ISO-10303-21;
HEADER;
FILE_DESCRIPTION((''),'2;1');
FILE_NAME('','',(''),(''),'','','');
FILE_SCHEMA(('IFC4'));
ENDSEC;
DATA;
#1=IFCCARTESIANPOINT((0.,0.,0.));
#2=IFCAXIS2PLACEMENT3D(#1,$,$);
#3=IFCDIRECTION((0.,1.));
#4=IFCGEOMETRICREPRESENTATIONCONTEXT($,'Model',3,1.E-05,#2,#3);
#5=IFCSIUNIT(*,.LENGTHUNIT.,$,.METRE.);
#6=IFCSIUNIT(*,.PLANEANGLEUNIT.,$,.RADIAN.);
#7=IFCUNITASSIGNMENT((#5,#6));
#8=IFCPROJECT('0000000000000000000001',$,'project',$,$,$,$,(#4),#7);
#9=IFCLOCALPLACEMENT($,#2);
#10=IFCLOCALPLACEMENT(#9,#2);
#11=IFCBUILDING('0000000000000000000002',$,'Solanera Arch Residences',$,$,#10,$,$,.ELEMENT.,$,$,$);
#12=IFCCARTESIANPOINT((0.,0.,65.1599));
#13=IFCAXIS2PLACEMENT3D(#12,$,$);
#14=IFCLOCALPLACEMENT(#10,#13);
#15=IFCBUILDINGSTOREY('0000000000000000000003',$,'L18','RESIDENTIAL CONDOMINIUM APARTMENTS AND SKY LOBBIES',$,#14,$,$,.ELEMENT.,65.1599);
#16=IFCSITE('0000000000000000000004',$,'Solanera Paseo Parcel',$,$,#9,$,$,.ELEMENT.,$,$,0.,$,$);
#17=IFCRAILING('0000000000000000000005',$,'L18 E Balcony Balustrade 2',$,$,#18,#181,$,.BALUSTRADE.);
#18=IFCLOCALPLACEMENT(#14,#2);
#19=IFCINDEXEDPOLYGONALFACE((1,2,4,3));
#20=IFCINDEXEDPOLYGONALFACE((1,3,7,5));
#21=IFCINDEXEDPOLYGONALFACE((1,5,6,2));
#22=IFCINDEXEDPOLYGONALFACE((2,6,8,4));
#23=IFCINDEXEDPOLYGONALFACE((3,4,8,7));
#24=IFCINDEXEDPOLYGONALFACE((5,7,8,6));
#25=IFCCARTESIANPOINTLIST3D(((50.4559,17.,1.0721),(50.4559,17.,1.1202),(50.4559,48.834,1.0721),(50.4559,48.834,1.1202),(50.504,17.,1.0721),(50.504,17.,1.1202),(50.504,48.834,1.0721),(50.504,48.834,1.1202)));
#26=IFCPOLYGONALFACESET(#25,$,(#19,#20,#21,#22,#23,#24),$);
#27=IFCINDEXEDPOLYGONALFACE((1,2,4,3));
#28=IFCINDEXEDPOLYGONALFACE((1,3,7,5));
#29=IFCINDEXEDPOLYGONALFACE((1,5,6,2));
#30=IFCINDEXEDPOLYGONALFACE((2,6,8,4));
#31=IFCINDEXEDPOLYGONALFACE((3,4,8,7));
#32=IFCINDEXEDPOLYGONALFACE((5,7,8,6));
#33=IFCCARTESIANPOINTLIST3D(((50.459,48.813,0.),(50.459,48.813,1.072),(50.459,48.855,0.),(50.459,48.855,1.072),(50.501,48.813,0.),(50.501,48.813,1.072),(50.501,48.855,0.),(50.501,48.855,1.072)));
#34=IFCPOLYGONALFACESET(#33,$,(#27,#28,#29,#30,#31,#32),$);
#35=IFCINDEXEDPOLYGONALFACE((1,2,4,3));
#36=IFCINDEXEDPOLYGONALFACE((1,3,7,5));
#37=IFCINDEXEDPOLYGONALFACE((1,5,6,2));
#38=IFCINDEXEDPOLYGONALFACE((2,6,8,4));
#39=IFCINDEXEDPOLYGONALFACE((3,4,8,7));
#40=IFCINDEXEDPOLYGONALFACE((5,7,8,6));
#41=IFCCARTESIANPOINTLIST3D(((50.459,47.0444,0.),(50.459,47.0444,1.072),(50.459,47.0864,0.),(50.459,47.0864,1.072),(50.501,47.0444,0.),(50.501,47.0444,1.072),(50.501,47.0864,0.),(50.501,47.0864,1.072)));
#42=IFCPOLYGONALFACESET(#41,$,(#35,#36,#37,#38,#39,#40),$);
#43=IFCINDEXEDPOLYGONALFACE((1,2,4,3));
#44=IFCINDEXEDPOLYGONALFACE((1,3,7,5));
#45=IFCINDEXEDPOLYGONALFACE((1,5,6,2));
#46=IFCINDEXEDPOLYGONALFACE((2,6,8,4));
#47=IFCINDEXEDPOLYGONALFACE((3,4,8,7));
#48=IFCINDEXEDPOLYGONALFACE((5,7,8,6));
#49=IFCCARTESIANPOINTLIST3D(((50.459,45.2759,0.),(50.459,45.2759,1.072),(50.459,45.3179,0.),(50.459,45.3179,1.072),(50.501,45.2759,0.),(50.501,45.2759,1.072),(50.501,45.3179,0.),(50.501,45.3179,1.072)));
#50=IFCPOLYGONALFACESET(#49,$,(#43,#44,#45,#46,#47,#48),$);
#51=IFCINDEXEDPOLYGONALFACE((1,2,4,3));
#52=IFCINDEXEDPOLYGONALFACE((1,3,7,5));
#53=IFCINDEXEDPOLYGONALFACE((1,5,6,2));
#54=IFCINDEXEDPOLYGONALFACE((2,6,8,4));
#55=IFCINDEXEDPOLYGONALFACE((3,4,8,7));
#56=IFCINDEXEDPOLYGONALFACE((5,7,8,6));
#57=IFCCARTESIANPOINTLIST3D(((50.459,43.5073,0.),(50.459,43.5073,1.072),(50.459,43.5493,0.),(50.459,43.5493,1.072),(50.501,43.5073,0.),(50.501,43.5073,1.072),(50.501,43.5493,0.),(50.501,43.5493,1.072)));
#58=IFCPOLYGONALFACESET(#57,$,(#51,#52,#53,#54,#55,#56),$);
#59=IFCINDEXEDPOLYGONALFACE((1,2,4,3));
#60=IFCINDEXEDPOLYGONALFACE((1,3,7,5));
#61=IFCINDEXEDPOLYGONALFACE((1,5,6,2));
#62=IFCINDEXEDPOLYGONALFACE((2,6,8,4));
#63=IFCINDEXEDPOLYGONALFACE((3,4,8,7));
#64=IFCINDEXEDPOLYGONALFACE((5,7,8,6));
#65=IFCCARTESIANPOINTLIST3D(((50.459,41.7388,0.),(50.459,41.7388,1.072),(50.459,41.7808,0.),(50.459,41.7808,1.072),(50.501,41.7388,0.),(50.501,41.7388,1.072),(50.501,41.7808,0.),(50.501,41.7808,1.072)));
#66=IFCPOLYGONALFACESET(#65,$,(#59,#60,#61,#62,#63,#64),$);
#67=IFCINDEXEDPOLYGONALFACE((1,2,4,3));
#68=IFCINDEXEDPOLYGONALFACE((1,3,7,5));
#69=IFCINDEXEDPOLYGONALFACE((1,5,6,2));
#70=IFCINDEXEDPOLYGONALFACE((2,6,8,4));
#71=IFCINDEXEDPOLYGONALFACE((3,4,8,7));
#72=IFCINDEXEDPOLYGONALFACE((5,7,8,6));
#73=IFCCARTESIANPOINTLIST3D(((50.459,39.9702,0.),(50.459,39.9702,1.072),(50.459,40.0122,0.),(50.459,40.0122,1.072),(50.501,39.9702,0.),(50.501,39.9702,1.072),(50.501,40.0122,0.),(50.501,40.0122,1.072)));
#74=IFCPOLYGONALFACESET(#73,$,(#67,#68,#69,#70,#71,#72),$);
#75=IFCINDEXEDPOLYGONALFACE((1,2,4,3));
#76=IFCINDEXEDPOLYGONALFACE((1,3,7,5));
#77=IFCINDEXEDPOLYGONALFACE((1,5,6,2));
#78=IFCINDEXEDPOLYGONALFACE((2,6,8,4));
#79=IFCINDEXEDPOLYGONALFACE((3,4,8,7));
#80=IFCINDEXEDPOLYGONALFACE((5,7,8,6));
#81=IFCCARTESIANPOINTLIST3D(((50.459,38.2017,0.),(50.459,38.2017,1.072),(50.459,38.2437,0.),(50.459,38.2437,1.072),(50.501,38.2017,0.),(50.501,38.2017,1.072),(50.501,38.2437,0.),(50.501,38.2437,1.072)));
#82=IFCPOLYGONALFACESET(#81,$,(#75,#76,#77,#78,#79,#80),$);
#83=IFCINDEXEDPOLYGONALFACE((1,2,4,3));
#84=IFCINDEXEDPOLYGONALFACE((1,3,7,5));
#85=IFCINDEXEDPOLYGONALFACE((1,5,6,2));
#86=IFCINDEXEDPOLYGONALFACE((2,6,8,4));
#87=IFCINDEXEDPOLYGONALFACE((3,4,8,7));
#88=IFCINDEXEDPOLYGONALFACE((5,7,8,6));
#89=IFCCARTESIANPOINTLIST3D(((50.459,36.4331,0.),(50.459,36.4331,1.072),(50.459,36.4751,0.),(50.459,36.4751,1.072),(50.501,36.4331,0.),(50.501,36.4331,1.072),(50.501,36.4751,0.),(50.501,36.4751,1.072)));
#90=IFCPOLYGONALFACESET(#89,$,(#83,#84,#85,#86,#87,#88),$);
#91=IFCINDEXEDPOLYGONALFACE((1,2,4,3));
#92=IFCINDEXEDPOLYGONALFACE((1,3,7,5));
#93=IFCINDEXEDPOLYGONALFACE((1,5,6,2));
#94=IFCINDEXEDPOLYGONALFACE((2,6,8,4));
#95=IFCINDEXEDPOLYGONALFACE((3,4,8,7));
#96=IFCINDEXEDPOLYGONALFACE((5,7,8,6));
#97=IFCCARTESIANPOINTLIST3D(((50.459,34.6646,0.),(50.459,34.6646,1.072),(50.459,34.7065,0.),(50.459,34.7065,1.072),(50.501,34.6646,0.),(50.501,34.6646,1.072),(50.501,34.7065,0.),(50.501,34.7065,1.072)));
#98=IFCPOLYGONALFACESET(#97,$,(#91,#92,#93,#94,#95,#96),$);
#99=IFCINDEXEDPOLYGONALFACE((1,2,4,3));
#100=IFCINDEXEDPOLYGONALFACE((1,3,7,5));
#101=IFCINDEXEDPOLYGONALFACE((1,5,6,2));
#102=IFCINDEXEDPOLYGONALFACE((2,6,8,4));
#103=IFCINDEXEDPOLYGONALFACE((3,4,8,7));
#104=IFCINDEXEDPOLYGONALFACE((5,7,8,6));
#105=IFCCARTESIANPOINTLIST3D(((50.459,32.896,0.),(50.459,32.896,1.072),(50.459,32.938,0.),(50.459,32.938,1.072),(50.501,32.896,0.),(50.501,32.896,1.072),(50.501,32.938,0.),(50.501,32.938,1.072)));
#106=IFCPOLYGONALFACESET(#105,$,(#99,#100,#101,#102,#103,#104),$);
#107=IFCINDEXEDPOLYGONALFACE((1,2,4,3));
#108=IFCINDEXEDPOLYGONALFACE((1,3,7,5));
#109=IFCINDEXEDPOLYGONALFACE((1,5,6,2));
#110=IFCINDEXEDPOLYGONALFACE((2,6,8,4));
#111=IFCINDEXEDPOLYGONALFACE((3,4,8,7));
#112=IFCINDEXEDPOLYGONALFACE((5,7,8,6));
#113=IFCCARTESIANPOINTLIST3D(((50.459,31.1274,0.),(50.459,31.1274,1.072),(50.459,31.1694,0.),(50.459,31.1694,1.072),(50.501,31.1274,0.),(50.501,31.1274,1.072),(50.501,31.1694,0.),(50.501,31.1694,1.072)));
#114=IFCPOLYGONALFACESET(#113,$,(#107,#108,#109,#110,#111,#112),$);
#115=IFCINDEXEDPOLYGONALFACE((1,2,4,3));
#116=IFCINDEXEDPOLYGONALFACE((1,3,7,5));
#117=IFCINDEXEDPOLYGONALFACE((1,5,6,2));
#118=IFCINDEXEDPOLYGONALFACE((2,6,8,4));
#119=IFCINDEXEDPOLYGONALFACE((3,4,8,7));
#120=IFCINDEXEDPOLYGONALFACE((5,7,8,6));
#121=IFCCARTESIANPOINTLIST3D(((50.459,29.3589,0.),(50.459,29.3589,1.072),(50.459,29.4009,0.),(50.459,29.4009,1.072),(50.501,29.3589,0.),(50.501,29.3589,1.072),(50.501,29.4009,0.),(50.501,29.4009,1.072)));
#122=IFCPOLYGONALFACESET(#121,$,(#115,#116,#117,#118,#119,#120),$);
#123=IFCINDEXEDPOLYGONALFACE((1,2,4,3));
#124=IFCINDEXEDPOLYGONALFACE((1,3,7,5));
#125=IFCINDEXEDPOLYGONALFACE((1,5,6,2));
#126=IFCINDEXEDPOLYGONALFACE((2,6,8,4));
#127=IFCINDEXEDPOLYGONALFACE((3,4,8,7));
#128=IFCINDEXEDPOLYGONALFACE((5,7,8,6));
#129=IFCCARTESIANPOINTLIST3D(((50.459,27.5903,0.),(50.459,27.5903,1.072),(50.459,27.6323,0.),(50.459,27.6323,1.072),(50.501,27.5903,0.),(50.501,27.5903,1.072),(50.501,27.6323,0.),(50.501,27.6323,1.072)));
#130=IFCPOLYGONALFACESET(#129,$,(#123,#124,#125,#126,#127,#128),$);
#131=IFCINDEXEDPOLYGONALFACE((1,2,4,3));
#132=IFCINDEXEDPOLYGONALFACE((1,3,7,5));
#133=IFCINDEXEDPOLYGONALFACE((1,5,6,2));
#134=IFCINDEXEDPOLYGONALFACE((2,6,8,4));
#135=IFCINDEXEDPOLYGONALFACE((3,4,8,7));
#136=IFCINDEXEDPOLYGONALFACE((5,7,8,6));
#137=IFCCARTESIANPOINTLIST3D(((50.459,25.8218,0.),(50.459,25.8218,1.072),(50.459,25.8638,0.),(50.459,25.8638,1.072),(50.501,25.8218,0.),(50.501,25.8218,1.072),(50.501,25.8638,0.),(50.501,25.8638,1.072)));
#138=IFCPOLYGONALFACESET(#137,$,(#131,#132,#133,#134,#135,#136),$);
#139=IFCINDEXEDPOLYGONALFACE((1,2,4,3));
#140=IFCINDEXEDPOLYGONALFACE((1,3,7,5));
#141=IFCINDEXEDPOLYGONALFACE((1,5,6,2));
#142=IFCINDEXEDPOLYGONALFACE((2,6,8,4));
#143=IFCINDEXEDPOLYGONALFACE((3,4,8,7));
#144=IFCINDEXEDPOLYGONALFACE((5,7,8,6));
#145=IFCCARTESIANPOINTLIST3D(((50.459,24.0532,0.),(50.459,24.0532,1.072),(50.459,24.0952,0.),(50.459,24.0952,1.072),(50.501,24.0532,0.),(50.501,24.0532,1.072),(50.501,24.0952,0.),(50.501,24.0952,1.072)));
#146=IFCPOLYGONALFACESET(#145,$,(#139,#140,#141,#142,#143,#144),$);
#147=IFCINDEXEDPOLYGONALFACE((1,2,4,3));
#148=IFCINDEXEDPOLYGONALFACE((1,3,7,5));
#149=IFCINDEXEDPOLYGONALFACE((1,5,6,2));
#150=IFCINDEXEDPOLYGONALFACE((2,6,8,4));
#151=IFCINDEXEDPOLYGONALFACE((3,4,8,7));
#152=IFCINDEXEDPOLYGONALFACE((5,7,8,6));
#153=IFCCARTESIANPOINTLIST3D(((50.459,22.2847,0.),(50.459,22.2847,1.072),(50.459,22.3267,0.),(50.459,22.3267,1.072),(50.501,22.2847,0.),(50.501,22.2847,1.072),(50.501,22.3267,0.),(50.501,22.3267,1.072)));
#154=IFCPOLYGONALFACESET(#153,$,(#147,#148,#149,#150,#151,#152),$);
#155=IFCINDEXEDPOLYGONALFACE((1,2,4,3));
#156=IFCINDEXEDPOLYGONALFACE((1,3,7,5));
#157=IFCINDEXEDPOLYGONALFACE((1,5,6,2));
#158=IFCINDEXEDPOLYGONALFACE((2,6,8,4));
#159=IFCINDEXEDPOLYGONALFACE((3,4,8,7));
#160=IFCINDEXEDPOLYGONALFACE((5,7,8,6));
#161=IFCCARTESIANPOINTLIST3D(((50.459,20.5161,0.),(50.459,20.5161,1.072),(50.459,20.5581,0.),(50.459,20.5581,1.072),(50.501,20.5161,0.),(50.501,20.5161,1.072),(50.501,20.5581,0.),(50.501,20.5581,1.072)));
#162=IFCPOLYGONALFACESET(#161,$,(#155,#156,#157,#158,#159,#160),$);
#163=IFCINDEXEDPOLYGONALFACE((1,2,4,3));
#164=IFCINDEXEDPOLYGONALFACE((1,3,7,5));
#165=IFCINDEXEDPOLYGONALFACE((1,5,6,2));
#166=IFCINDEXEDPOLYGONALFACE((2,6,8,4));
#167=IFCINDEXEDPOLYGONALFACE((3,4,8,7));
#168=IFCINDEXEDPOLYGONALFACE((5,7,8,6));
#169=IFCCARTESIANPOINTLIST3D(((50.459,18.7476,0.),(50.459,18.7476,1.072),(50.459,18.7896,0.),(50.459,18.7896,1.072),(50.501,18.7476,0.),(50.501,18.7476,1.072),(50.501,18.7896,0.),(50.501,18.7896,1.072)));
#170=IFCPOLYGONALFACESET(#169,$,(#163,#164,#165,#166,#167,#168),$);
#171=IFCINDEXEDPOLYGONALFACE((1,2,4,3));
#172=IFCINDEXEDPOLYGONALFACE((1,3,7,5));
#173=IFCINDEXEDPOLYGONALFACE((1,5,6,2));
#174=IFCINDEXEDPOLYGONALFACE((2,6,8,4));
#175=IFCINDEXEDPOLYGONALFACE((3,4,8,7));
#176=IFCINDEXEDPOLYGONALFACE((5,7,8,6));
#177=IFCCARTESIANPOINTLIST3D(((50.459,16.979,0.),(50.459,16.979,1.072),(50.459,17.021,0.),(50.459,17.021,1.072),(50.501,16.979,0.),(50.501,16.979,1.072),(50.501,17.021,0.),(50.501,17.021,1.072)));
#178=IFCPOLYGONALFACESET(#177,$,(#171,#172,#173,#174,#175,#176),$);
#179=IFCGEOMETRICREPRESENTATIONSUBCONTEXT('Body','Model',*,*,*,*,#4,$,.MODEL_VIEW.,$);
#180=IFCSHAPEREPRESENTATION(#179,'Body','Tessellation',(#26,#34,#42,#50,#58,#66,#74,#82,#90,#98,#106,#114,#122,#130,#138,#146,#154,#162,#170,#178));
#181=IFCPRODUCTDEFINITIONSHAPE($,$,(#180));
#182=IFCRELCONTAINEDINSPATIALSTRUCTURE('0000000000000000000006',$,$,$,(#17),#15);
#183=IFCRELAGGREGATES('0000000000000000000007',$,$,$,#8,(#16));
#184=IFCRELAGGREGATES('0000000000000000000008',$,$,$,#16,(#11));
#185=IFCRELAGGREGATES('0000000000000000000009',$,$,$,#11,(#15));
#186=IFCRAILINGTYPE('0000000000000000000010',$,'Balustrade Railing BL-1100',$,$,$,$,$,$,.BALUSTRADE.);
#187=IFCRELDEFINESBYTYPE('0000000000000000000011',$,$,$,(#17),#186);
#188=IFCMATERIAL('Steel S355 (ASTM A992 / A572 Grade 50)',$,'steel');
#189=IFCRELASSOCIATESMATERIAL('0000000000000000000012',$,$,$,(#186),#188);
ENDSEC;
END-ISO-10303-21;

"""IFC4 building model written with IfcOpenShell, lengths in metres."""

from ifc_helpers import new_model, si_unit, direction, frame, origin, origin_2d, place, context, subcontext, project, spatial, rectangle, extrude, material, type_object, element, save


model = new_model("IFC4")

# Units and contexts
model_context = context("Model", 3, precision=1e-05, world=origin(), true_north=direction((0.0, 1.0)))
body_context = subcontext(model_context, "Body", "Model", "MODEL_VIEW")
ifc_project = project(units=[si_unit("LENGTHUNIT", "METRE"), si_unit("PLANEANGLEUNIT", "RADIAN")], contexts=[model_context])

# Site, building, storey
site_placement = place(None, origin())
site = spatial("IfcSite", under=ifc_project, at=site_placement, Name="Solanera Paseo Parcel", CompositionType="ELEMENT", RefElevation=0.0)
building_placement = place(site_placement, origin())
building = spatial("IfcBuilding", under=site, at=building_placement, Name="Solanera Arch Residences", CompositionType="ELEMENT")
storey_placement = place(building_placement, frame((0.0, 0.0, 65.1599)))
storey = spatial("IfcBuildingStorey", under=building, at=storey_placement, Name="L18", Description="RESIDENTIAL CONDOMINIUM APARTMENTS AND SKY LOBBIES", CompositionType="ELEMENT", Elevation=65.1599)

# Railing
ifc_material_1 = material(Name="Steel S355 (ASTM A992 / A572 Grade 50)", Category="steel")
railing_type = type_object("IfcRailingType", Name="Balustrade Railing BL-1100", PredefinedType="BALUSTRADE", material=ifc_material_1)
railing_1_placement = place(storey_placement, frame((50.48, 48.834, 0.0)))
element("IfcRailing", 1, at=railing_1_placement, inside=storey, type_object=railing_type, Name="L18 E Balcony Balustrade 2", PredefinedType="BALUSTRADE", context=body_context, shape_type="SweptSolid", body=[
    extrude(rectangle(XDim=0.0481, YDim=0.0481, at=origin_2d()), frame((0.0, 0.0, 1.0962), z_axis=(0.0, -1.0, 0.0), x_axis=(1.0, 0.0, 0.0)), (0.0, 0.0, 1.0), 31.834),
    extrude(rectangle(XDim=0.042, YDim=0.042, at=origin_2d()), origin(), (0.0, 0.0, 1.0), 1.072),
    extrude(rectangle(XDim=0.042, YDim=0.042, at=origin_2d()), frame((0.0, -1.7686, 0.0)), (0.0, 0.0, 1.0), 1.072),
    extrude(rectangle(XDim=0.042, YDim=0.042, at=origin_2d()), frame((0.0, -3.5371, 0.0)), (0.0, 0.0, 1.0), 1.072),
    extrude(rectangle(XDim=0.042, YDim=0.042, at=origin_2d()), frame((0.0, -5.3057, 0.0)), (0.0, 0.0, 1.0), 1.072),
    extrude(rectangle(XDim=0.042, YDim=0.042, at=origin_2d()), frame((0.0, -7.0742, 0.0)), (0.0, 0.0, 1.0), 1.072),
    extrude(rectangle(XDim=0.042, YDim=0.042, at=origin_2d()), frame((0.0, -8.8428, 0.0)), (0.0, 0.0, 1.0), 1.072),
    extrude(rectangle(XDim=0.042, YDim=0.042, at=origin_2d()), frame((0.0, -10.6113, 0.0)), (0.0, 0.0, 1.0), 1.072),
    extrude(rectangle(XDim=0.042, YDim=0.042, at=origin_2d()), frame((0.0, -12.3799, 0.0)), (0.0, 0.0, 1.0), 1.072),
    extrude(rectangle(XDim=0.042, YDim=0.042, at=origin_2d()), frame((0.0, -14.1484, 0.0)), (0.0, 0.0, 1.0), 1.072),
    extrude(rectangle(XDim=0.042, YDim=0.042, at=origin_2d()), frame((0.0, -15.917, 0.0)), (0.0, 0.0, 1.0), 1.072),
    extrude(rectangle(XDim=0.042, YDim=0.042, at=origin_2d()), frame((0.0, -17.6855, 0.0)), (0.0, 0.0, 1.0), 1.072),
    extrude(rectangle(XDim=0.042, YDim=0.042, at=origin_2d()), frame((0.0, -19.4541, 0.0)), (0.0, 0.0, 1.0), 1.072),
    extrude(rectangle(XDim=0.042, YDim=0.042, at=origin_2d()), frame((0.0, -21.2227, 0.0)), (0.0, 0.0, 1.0), 1.072),
    extrude(rectangle(XDim=0.042, YDim=0.042, at=origin_2d()), frame((0.0, -22.9912, 0.0)), (0.0, 0.0, 1.0), 1.072),
    extrude(rectangle(XDim=0.042, YDim=0.042, at=origin_2d()), frame((0.0, -24.7598, 0.0)), (0.0, 0.0, 1.0), 1.072),
    extrude(rectangle(XDim=0.042, YDim=0.042, at=origin_2d()), frame((0.0, -26.5283, 0.0)), (0.0, 0.0, 1.0), 1.072),
    extrude(rectangle(XDim=0.042, YDim=0.042, at=origin_2d()), frame((0.0, -28.2969, 0.0)), (0.0, 0.0, 1.0), 1.072),
    extrude(rectangle(XDim=0.042, YDim=0.042, at=origin_2d()), frame((0.0, -30.0654, 0.0)), (0.0, 0.0, 1.0), 1.072),
    extrude(rectangle(XDim=0.042, YDim=0.042, at=origin_2d()), frame((0.0, -31.834, 0.0)), (0.0, 0.0, 1.0), 1.072),
])

save(model, "model.ifc")
